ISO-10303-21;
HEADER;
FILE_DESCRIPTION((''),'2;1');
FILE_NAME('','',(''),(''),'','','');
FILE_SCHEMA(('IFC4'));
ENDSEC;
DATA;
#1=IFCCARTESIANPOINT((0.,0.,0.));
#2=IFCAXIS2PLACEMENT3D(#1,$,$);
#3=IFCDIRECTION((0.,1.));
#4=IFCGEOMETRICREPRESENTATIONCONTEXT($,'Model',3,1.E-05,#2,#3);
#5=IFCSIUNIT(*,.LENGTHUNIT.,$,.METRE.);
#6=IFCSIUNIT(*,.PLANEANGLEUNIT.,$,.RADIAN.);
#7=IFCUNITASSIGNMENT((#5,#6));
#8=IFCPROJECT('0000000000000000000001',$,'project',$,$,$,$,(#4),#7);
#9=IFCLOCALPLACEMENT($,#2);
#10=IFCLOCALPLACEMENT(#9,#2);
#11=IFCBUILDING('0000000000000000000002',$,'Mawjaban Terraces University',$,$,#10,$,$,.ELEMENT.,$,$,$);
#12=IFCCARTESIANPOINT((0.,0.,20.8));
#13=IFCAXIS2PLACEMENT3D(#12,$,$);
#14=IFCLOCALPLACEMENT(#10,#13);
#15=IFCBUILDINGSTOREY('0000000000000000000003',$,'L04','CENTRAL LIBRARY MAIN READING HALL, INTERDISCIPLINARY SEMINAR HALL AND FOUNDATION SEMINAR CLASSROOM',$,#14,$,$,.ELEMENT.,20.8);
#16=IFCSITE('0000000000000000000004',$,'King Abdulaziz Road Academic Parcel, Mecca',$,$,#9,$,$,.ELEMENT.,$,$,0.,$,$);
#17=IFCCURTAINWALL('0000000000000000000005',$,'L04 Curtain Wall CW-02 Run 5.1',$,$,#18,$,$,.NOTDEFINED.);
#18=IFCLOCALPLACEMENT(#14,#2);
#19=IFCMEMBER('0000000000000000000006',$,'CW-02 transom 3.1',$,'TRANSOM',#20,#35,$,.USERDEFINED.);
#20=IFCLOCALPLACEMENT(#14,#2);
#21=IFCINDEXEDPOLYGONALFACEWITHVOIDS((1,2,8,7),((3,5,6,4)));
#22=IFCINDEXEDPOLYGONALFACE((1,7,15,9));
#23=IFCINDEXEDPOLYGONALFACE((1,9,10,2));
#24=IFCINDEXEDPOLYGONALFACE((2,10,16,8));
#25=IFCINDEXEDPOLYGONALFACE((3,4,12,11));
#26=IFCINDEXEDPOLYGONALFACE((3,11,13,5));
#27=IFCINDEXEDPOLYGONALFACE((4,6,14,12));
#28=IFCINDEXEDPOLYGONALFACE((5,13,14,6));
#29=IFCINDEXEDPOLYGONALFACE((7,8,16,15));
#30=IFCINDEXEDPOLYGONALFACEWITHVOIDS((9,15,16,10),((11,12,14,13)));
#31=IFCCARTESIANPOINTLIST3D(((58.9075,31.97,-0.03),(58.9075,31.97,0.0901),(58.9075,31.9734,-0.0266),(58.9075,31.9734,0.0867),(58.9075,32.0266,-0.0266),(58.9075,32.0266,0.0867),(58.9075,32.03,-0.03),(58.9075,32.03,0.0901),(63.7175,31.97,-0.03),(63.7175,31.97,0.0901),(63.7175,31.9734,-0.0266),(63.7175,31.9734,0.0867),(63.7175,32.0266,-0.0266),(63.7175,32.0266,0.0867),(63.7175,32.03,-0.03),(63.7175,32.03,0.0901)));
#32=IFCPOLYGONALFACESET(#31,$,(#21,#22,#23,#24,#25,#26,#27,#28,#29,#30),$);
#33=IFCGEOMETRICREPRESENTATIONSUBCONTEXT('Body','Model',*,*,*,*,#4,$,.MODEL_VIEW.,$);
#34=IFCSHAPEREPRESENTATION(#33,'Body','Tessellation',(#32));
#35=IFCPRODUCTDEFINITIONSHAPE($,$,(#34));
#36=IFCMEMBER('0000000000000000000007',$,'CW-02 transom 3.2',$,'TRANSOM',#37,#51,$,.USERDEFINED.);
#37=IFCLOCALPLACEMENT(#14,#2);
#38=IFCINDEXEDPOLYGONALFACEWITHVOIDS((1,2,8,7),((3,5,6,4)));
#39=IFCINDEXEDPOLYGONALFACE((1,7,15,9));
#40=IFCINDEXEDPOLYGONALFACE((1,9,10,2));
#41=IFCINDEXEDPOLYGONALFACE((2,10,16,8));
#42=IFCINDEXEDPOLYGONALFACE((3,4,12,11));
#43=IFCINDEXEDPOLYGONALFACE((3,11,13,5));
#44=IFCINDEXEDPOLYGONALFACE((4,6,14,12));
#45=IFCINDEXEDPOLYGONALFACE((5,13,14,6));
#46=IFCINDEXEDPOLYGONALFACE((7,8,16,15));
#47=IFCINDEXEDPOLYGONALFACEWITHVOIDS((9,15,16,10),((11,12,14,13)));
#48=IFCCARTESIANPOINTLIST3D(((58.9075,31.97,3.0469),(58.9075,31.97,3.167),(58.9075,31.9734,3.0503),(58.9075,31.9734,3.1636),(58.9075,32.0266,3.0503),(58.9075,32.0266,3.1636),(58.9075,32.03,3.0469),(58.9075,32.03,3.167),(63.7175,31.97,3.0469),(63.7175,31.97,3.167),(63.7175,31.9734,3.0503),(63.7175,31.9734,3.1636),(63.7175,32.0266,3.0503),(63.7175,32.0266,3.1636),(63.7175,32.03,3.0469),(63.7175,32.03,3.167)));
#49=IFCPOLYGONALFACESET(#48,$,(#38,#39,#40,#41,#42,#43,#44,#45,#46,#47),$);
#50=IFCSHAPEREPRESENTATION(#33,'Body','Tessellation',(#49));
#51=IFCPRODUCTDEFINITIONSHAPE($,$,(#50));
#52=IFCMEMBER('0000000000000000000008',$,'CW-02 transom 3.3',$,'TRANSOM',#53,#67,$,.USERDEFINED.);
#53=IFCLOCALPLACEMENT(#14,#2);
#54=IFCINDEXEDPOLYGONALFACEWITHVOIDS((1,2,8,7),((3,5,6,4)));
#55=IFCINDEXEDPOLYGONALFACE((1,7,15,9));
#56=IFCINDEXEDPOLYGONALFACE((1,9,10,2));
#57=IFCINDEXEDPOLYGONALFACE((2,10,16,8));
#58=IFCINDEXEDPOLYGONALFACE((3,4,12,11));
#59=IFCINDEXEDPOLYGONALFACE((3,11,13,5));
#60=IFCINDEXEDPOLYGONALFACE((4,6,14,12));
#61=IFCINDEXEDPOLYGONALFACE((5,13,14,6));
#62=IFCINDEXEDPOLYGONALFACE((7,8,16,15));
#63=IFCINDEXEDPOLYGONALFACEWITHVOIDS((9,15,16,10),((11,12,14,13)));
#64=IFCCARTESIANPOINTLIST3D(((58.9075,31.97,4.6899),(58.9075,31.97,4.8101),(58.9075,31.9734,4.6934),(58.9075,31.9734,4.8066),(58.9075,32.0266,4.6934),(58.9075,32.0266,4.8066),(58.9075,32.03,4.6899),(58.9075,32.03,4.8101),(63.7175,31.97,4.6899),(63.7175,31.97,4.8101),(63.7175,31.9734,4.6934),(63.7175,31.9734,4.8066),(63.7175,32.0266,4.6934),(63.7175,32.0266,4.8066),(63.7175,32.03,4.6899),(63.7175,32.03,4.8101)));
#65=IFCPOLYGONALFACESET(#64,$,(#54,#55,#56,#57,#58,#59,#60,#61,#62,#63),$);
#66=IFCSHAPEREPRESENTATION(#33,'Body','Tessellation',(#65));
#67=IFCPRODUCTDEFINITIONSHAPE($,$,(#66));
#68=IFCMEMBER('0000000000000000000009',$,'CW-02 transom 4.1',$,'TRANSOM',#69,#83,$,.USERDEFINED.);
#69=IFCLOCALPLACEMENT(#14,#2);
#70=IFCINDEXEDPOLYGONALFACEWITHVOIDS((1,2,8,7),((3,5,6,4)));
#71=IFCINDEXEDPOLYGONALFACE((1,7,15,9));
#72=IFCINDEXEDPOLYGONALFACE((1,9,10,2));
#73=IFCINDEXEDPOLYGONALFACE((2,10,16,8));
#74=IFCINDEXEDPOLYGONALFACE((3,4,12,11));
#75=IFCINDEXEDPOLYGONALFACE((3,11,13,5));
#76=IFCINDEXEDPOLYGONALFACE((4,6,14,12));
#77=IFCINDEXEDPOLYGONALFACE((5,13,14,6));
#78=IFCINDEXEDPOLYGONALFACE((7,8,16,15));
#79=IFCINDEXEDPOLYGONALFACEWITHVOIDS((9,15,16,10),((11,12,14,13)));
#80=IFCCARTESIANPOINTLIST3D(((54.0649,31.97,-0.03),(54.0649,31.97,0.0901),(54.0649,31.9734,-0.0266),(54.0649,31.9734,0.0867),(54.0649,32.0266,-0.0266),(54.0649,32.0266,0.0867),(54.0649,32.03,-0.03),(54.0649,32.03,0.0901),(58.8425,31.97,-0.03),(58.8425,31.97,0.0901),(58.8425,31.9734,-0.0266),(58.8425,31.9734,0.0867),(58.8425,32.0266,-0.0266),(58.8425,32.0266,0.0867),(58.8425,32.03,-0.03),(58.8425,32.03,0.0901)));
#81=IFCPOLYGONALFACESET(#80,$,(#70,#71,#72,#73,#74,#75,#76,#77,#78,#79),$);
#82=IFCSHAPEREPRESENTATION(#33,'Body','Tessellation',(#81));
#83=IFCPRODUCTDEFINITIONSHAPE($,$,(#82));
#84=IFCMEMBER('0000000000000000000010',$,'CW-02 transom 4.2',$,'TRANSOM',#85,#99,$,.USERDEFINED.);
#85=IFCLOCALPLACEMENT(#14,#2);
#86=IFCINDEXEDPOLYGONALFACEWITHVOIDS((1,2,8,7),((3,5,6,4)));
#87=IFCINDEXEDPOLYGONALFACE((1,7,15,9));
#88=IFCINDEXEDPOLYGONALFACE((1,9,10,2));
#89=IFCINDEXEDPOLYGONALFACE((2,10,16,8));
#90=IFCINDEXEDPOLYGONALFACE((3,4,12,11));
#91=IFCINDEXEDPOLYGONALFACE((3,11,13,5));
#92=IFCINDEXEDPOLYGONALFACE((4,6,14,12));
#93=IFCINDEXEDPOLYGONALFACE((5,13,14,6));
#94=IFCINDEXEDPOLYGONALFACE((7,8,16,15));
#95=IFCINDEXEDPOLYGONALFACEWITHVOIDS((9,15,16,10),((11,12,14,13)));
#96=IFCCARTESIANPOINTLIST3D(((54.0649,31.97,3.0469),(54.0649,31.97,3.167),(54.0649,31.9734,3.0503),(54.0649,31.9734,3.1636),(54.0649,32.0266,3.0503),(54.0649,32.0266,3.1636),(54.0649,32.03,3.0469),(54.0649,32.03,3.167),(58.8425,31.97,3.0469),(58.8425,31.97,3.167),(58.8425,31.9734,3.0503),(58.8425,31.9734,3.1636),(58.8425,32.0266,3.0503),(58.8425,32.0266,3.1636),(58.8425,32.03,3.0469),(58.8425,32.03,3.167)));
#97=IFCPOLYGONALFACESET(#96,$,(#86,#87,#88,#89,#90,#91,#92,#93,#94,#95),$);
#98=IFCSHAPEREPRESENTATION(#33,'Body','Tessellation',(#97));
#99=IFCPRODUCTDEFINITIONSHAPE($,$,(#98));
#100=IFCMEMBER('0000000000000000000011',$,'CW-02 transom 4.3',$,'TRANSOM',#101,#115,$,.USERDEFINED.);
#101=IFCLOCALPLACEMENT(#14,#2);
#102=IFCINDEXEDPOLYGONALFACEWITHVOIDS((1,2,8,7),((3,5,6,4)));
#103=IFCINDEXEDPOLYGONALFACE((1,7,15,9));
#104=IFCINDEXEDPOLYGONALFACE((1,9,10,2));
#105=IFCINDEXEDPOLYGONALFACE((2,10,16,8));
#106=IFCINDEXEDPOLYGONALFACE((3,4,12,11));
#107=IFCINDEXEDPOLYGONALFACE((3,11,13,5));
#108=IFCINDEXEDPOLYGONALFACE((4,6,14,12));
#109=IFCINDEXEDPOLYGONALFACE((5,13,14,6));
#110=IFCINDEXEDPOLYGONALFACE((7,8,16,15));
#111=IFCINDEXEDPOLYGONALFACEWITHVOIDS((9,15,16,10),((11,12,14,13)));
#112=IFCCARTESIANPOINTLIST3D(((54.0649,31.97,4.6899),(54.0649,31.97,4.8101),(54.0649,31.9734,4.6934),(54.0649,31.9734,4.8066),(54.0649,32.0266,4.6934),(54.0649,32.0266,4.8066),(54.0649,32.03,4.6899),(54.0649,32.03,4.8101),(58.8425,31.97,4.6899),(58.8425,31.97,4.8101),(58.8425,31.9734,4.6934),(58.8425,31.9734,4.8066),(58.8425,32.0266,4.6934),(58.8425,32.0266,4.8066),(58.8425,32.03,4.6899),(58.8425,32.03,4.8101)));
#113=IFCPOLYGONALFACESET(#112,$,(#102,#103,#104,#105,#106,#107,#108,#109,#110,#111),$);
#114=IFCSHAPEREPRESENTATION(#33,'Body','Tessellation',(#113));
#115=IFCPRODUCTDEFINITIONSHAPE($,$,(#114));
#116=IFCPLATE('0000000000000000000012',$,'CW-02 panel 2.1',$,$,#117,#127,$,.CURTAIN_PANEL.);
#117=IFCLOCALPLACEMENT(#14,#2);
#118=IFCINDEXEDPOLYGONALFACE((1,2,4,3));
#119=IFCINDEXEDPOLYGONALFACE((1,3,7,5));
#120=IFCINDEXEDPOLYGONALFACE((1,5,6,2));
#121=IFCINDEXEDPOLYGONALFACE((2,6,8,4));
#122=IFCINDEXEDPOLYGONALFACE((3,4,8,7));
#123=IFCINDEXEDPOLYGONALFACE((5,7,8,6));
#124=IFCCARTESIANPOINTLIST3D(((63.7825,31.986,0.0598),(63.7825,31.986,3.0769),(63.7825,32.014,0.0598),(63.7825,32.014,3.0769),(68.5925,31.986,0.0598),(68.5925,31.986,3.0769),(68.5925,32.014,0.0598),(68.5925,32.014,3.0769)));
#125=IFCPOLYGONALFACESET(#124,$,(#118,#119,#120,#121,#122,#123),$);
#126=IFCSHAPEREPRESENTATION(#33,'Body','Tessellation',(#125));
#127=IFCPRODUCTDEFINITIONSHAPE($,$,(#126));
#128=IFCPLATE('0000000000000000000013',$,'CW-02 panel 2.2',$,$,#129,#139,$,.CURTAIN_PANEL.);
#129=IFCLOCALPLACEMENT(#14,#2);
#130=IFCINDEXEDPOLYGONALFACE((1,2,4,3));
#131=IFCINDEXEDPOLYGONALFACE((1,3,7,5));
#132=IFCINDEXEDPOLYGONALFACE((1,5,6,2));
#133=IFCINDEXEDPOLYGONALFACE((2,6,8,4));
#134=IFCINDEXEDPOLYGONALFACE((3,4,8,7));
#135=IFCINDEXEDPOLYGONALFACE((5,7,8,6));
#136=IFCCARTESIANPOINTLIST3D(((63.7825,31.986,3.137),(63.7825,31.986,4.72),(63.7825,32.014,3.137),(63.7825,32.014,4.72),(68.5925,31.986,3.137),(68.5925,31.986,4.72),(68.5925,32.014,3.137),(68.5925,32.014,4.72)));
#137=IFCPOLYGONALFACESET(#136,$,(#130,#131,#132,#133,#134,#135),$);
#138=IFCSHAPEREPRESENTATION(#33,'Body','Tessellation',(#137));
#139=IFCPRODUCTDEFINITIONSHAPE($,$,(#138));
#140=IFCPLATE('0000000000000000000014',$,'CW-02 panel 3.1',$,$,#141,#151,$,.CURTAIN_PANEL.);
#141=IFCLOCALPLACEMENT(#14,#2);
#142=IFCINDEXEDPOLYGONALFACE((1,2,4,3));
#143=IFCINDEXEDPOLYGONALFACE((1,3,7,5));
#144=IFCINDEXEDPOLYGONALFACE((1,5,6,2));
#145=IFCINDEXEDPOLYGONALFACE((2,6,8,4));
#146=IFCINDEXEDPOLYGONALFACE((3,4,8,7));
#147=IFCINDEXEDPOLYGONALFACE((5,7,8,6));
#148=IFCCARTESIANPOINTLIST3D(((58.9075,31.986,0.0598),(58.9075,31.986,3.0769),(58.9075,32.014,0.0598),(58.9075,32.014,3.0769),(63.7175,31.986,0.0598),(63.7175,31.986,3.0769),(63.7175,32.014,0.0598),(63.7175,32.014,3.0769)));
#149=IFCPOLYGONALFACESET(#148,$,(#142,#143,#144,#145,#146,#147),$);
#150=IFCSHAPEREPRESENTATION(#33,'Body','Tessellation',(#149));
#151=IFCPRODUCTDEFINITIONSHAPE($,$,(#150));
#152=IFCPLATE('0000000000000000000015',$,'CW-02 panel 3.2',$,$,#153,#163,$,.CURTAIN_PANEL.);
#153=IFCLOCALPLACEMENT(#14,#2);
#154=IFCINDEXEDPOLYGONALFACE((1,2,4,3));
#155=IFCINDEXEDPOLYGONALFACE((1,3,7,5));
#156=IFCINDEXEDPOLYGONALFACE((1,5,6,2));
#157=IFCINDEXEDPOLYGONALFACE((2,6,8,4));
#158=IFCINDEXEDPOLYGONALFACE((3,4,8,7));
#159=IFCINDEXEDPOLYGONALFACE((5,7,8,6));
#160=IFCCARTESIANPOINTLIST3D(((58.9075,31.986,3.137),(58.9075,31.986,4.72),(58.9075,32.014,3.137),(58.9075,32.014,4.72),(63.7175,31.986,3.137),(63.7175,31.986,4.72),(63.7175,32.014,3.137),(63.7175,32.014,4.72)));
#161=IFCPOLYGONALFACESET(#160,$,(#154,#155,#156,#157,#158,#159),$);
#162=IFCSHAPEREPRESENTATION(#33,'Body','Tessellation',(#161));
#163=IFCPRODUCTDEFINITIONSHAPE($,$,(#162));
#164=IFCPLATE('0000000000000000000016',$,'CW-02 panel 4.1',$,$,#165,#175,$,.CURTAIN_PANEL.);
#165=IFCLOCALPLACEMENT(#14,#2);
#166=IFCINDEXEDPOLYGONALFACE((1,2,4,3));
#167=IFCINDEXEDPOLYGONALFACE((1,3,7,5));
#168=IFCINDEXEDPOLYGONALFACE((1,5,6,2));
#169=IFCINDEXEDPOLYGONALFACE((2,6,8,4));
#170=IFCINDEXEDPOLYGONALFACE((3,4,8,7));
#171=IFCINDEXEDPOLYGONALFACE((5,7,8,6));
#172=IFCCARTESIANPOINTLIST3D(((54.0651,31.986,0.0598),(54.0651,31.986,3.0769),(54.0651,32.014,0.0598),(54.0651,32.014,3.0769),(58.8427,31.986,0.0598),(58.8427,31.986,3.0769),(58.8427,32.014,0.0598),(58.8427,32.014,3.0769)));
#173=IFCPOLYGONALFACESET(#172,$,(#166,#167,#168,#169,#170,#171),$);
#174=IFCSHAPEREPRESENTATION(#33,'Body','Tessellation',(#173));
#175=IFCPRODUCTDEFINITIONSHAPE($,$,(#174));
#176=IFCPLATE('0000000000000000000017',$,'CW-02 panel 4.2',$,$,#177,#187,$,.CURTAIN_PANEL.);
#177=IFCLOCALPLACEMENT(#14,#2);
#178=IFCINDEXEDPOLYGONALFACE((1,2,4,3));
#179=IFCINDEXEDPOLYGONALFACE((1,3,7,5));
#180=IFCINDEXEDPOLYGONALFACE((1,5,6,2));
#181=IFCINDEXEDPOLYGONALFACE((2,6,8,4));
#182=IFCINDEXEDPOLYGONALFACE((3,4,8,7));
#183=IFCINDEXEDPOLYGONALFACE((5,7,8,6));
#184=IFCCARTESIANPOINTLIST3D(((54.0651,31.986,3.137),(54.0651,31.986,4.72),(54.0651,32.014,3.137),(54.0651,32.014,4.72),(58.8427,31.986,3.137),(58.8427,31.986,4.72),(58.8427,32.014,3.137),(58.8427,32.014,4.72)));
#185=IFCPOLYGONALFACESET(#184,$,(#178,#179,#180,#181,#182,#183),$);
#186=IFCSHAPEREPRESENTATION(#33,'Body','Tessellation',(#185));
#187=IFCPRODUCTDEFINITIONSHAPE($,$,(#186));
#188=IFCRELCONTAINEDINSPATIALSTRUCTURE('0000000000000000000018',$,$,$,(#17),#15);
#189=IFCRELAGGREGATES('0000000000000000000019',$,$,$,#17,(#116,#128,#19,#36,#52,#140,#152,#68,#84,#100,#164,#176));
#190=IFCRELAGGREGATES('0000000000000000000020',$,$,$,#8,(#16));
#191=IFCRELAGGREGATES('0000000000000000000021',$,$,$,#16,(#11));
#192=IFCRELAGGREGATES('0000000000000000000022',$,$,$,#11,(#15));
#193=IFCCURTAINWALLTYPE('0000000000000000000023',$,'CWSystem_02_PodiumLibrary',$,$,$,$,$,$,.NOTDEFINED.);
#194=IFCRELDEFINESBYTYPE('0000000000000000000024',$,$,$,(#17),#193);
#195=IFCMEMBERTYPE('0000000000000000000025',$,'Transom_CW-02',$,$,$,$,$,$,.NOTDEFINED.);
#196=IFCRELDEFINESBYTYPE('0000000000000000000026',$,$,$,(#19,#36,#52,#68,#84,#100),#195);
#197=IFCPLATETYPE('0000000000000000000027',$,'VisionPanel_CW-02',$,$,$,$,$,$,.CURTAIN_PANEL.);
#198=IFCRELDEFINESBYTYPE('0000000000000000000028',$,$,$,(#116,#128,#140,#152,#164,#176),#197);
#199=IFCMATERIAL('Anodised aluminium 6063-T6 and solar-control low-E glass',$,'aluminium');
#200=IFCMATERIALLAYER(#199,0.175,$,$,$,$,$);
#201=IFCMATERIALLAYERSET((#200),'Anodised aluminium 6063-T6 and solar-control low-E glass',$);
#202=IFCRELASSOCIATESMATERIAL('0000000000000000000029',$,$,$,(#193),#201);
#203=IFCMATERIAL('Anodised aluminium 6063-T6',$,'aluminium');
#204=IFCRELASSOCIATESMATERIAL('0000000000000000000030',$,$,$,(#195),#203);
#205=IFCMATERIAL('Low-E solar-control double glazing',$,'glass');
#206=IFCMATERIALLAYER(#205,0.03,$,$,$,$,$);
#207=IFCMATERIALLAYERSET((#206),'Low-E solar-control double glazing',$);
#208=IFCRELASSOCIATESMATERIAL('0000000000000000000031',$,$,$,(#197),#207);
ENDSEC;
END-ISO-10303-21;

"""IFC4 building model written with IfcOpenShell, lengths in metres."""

from ifc_helpers import new_model, si_unit, direction, frame, origin, origin_2d, place, context, subcontext, project, spatial, rectangle, hollow_rectangle, extrude, material, layer, layer_set, material_profile, profile_set, type_object, element, aggregate, save


model = new_model("IFC4")

# Units and contexts
model_context = context("Model", 3, precision=1e-05, world=origin(), true_north=direction((0.0, 1.0)))
body_context = subcontext(model_context, "Body", "Model", "MODEL_VIEW")
ifc_project = project(units=[si_unit("LENGTHUNIT", "METRE"), si_unit("PLANEANGLEUNIT", "RADIAN")], contexts=[model_context])

# Site, building, storey
site_placement = place(None, origin())
site = spatial("IfcSite", under=ifc_project, at=site_placement, Name="King Abdulaziz Road Academic Parcel, Mecca", CompositionType="ELEMENT", RefElevation=0.0)
building_placement = place(site_placement, origin())
building = spatial("IfcBuilding", under=site, at=building_placement, Name="Mawjaban Terraces University", CompositionType="ELEMENT")
storey_placement = place(building_placement, frame((0.0, 0.0, 20.8)))
storey = spatial("IfcBuildingStorey", under=building, at=storey_placement, Name="L04", Description="CENTRAL LIBRARY MAIN READING HALL, INTERDISCIPLINARY SEMINAR HALL AND FOUNDATION SEMINAR CLASSROOM", CompositionType="ELEMENT", Elevation=20.8)

# Curtain wall, members, plates
ifc_material_1 = material(Name="Anodised aluminium 6063-T6 and solar-control low-E glass", Category="aluminium")
ifc_layer_1 = layer(ifc_material_1, 0.175)
ifc_layer_set_1 = layer_set([ifc_layer_1], Name="Anodised aluminium 6063-T6 and solar-control low-E glass")
curtain_wall_type = type_object("IfcCurtainWallType", Name="CWSystem_02_PodiumLibrary", PredefinedType="NOTDEFINED", material=ifc_layer_set_1)
curtain_wall_placement = place(storey_placement, origin())
curtain_wall = element("IfcCurtainWall", 1, at=curtain_wall_placement, inside=storey, type_object=curtain_wall_type, Name="L04 Curtain Wall CW-02 Run 5.1", PredefinedType="NOTDEFINED")
ifc_material_2 = material(Name="Anodised aluminium 6063-T6", Category="aluminium")
ifc_material_profile_1 = material_profile(ifc_material_2, hollow_rectangle(XDim=0.0601, YDim=0.1201, WallThickness=0.0034, at=origin_2d()), Name="ALU120X60X3.5")
ifc_profile_set_1 = profile_set([ifc_material_profile_1], Name="Anodised aluminium 6063-T6")
member_type_1 = type_object("IfcMemberType", Name="Transom_CW-02", PredefinedType="NOTDEFINED", material=ifc_profile_set_1)
member_1_placement = place(storey_placement, frame((63.7175, 32.0, 0.03), z_axis=(-1.0, 0.0, 0.0), x_axis=(0.0, -1.0, 0.0)))
member_1 = element("IfcMember", 2, at=member_1_placement, type_object=member_type_1, Name="CW-02 transom 3.1", ObjectType="TRANSOM", PredefinedType="USERDEFINED", context=body_context, shape_type="SweptSolid", body=[
    extrude(hollow_rectangle(XDim=0.0601, YDim=0.1201, WallThickness=0.0034, at=origin_2d()), origin(), (0.0, 0.0, 1.0), 4.8101),
])
member_2_placement = place(storey_placement, frame((63.7175, 32.0, 3.1069), z_axis=(-1.0, 0.0, 0.0), x_axis=(0.0, -1.0, 0.0)))
member_2 = element("IfcMember", 3, at=member_2_placement, type_object=member_type_1, Name="CW-02 transom 3.2", ObjectType="TRANSOM", PredefinedType="USERDEFINED", context=body_context, shape_type="SweptSolid", body=[
    extrude(hollow_rectangle(XDim=0.0601, YDim=0.1201, WallThickness=0.0034, at=origin_2d()), origin(), (0.0, 0.0, 1.0), 4.8101),
])
member_3_placement = place(storey_placement, frame((63.7175, 32.0, 4.75), z_axis=(-1.0, 0.0, 0.0), x_axis=(0.0, -1.0, 0.0)))
member_3 = element("IfcMember", 4, at=member_3_placement, type_object=member_type_1, Name="CW-02 transom 3.3", ObjectType="TRANSOM", PredefinedType="USERDEFINED", context=body_context, shape_type="SweptSolid", body=[
    extrude(hollow_rectangle(XDim=0.0601, YDim=0.1201, WallThickness=0.0034, at=origin_2d()), origin(), (0.0, 0.0, 1.0), 4.8101),
])
member_4_placement = place(storey_placement, frame((58.8425, 32.0, 0.03), z_axis=(-1.0, 0.0, 0.0), x_axis=(0.0, -1.0, 0.0)))
member_4 = element("IfcMember", 5, at=member_4_placement, type_object=member_type_1, Name="CW-02 transom 4.1", ObjectType="TRANSOM", PredefinedType="USERDEFINED", context=body_context, shape_type="SweptSolid", body=[
    extrude(hollow_rectangle(XDim=0.0601, YDim=0.1201, WallThickness=0.0034, at=origin_2d()), origin(), (0.0, 0.0, 1.0), 4.7776),
])
member_5_placement = place(storey_placement, frame((58.8425, 32.0, 3.1069), z_axis=(-1.0, 0.0, 0.0), x_axis=(0.0, -1.0, 0.0)))
member_5 = element("IfcMember", 6, at=member_5_placement, type_object=member_type_1, Name="CW-02 transom 4.2", ObjectType="TRANSOM", PredefinedType="USERDEFINED", context=body_context, shape_type="SweptSolid", body=[
    extrude(hollow_rectangle(XDim=0.0601, YDim=0.1201, WallThickness=0.0034, at=origin_2d()), origin(), (0.0, 0.0, 1.0), 4.7776),
])
member_6_placement = place(storey_placement, frame((58.8425, 32.0, 4.75), z_axis=(-1.0, 0.0, 0.0), x_axis=(0.0, -1.0, 0.0)))
member_6 = element("IfcMember", 7, at=member_6_placement, type_object=member_type_1, Name="CW-02 transom 4.3", ObjectType="TRANSOM", PredefinedType="USERDEFINED", context=body_context, shape_type="SweptSolid", body=[
    extrude(hollow_rectangle(XDim=0.0601, YDim=0.1201, WallThickness=0.0034, at=origin_2d()), origin(), (0.0, 0.0, 1.0), 4.7776),
])
ifc_material_3 = material(Name="Low-E solar-control double glazing", Category="glass")
ifc_layer_2 = layer(ifc_material_3, 0.03)
ifc_layer_set_2 = layer_set([ifc_layer_2], Name="Low-E solar-control double glazing")
plate_type = type_object("IfcPlateType", Name="VisionPanel_CW-02", PredefinedType="CURTAIN_PANEL", material=ifc_layer_set_2)
plate_1_placement = place(storey_placement, frame((66.1875, 32.0, 0.0598), z_axis=(0.0, 0.0, 1.0), x_axis=(-1.0, 0.0, 0.0)))
plate_1 = element("IfcPlate", 8, at=plate_1_placement, type_object=plate_type, Name="CW-02 panel 2.1", PredefinedType="CURTAIN_PANEL", context=body_context, shape_type="SweptSolid", body=[
    extrude(rectangle(XDim=4.8101, YDim=0.0281, at=origin_2d()), origin(), (0.0, 0.0, 1.0), 3.0171),
])
plate_2_placement = place(storey_placement, frame((66.1875, 32.0, 3.137), z_axis=(0.0, 0.0, 1.0), x_axis=(-1.0, 0.0, 0.0)))
plate_2 = element("IfcPlate", 9, at=plate_2_placement, type_object=plate_type, Name="CW-02 panel 2.2", PredefinedType="CURTAIN_PANEL", context=body_context, shape_type="SweptSolid", body=[
    extrude(rectangle(XDim=4.8101, YDim=0.0281, at=origin_2d()), origin(), (0.0, 0.0, 1.0), 1.583),
])
plate_3_placement = place(storey_placement, frame((61.3125, 32.0, 0.0598), z_axis=(0.0, 0.0, 1.0), x_axis=(-1.0, 0.0, 0.0)))
plate_3 = element("IfcPlate", 10, at=plate_3_placement, type_object=plate_type, Name="CW-02 panel 3.1", PredefinedType="CURTAIN_PANEL", context=body_context, shape_type="SweptSolid", body=[
    extrude(rectangle(XDim=4.8101, YDim=0.0281, at=origin_2d()), origin(), (0.0, 0.0, 1.0), 3.0171),
])
plate_4_placement = place(storey_placement, frame((61.3125, 32.0, 3.137), z_axis=(0.0, 0.0, 1.0), x_axis=(-1.0, 0.0, 0.0)))
plate_4 = element("IfcPlate", 11, at=plate_4_placement, type_object=plate_type, Name="CW-02 panel 3.2", PredefinedType="CURTAIN_PANEL", context=body_context, shape_type="SweptSolid", body=[
    extrude(rectangle(XDim=4.8101, YDim=0.0281, at=origin_2d()), origin(), (0.0, 0.0, 1.0), 1.583),
])
plate_5_placement = place(storey_placement, frame((56.4539, 32.0, 0.0598), z_axis=(0.0, 0.0, 1.0), x_axis=(-1.0, 0.0, 0.0)))
plate_5 = element("IfcPlate", 12, at=plate_5_placement, type_object=plate_type, Name="CW-02 panel 4.1", PredefinedType="CURTAIN_PANEL", context=body_context, shape_type="SweptSolid", body=[
    extrude(rectangle(XDim=4.7776, YDim=0.0281, at=origin_2d()), origin(), (0.0, 0.0, 1.0), 3.0171),
])
plate_6_placement = place(storey_placement, frame((56.4539, 32.0, 3.137), z_axis=(0.0, 0.0, 1.0), x_axis=(-1.0, 0.0, 0.0)))
plate_6 = element("IfcPlate", 13, at=plate_6_placement, type_object=plate_type, Name="CW-02 panel 4.2", PredefinedType="CURTAIN_PANEL", context=body_context, shape_type="SweptSolid", body=[
    extrude(rectangle(XDim=4.7776, YDim=0.0281, at=origin_2d()), origin(), (0.0, 0.0, 1.0), 1.583),
])
aggregate(curtain_wall, [plate_1, plate_2, member_1, member_2, member_3, plate_3, plate_4, member_4, member_5, member_6, plate_5, plate_6])

save(model, "model.ifc")
